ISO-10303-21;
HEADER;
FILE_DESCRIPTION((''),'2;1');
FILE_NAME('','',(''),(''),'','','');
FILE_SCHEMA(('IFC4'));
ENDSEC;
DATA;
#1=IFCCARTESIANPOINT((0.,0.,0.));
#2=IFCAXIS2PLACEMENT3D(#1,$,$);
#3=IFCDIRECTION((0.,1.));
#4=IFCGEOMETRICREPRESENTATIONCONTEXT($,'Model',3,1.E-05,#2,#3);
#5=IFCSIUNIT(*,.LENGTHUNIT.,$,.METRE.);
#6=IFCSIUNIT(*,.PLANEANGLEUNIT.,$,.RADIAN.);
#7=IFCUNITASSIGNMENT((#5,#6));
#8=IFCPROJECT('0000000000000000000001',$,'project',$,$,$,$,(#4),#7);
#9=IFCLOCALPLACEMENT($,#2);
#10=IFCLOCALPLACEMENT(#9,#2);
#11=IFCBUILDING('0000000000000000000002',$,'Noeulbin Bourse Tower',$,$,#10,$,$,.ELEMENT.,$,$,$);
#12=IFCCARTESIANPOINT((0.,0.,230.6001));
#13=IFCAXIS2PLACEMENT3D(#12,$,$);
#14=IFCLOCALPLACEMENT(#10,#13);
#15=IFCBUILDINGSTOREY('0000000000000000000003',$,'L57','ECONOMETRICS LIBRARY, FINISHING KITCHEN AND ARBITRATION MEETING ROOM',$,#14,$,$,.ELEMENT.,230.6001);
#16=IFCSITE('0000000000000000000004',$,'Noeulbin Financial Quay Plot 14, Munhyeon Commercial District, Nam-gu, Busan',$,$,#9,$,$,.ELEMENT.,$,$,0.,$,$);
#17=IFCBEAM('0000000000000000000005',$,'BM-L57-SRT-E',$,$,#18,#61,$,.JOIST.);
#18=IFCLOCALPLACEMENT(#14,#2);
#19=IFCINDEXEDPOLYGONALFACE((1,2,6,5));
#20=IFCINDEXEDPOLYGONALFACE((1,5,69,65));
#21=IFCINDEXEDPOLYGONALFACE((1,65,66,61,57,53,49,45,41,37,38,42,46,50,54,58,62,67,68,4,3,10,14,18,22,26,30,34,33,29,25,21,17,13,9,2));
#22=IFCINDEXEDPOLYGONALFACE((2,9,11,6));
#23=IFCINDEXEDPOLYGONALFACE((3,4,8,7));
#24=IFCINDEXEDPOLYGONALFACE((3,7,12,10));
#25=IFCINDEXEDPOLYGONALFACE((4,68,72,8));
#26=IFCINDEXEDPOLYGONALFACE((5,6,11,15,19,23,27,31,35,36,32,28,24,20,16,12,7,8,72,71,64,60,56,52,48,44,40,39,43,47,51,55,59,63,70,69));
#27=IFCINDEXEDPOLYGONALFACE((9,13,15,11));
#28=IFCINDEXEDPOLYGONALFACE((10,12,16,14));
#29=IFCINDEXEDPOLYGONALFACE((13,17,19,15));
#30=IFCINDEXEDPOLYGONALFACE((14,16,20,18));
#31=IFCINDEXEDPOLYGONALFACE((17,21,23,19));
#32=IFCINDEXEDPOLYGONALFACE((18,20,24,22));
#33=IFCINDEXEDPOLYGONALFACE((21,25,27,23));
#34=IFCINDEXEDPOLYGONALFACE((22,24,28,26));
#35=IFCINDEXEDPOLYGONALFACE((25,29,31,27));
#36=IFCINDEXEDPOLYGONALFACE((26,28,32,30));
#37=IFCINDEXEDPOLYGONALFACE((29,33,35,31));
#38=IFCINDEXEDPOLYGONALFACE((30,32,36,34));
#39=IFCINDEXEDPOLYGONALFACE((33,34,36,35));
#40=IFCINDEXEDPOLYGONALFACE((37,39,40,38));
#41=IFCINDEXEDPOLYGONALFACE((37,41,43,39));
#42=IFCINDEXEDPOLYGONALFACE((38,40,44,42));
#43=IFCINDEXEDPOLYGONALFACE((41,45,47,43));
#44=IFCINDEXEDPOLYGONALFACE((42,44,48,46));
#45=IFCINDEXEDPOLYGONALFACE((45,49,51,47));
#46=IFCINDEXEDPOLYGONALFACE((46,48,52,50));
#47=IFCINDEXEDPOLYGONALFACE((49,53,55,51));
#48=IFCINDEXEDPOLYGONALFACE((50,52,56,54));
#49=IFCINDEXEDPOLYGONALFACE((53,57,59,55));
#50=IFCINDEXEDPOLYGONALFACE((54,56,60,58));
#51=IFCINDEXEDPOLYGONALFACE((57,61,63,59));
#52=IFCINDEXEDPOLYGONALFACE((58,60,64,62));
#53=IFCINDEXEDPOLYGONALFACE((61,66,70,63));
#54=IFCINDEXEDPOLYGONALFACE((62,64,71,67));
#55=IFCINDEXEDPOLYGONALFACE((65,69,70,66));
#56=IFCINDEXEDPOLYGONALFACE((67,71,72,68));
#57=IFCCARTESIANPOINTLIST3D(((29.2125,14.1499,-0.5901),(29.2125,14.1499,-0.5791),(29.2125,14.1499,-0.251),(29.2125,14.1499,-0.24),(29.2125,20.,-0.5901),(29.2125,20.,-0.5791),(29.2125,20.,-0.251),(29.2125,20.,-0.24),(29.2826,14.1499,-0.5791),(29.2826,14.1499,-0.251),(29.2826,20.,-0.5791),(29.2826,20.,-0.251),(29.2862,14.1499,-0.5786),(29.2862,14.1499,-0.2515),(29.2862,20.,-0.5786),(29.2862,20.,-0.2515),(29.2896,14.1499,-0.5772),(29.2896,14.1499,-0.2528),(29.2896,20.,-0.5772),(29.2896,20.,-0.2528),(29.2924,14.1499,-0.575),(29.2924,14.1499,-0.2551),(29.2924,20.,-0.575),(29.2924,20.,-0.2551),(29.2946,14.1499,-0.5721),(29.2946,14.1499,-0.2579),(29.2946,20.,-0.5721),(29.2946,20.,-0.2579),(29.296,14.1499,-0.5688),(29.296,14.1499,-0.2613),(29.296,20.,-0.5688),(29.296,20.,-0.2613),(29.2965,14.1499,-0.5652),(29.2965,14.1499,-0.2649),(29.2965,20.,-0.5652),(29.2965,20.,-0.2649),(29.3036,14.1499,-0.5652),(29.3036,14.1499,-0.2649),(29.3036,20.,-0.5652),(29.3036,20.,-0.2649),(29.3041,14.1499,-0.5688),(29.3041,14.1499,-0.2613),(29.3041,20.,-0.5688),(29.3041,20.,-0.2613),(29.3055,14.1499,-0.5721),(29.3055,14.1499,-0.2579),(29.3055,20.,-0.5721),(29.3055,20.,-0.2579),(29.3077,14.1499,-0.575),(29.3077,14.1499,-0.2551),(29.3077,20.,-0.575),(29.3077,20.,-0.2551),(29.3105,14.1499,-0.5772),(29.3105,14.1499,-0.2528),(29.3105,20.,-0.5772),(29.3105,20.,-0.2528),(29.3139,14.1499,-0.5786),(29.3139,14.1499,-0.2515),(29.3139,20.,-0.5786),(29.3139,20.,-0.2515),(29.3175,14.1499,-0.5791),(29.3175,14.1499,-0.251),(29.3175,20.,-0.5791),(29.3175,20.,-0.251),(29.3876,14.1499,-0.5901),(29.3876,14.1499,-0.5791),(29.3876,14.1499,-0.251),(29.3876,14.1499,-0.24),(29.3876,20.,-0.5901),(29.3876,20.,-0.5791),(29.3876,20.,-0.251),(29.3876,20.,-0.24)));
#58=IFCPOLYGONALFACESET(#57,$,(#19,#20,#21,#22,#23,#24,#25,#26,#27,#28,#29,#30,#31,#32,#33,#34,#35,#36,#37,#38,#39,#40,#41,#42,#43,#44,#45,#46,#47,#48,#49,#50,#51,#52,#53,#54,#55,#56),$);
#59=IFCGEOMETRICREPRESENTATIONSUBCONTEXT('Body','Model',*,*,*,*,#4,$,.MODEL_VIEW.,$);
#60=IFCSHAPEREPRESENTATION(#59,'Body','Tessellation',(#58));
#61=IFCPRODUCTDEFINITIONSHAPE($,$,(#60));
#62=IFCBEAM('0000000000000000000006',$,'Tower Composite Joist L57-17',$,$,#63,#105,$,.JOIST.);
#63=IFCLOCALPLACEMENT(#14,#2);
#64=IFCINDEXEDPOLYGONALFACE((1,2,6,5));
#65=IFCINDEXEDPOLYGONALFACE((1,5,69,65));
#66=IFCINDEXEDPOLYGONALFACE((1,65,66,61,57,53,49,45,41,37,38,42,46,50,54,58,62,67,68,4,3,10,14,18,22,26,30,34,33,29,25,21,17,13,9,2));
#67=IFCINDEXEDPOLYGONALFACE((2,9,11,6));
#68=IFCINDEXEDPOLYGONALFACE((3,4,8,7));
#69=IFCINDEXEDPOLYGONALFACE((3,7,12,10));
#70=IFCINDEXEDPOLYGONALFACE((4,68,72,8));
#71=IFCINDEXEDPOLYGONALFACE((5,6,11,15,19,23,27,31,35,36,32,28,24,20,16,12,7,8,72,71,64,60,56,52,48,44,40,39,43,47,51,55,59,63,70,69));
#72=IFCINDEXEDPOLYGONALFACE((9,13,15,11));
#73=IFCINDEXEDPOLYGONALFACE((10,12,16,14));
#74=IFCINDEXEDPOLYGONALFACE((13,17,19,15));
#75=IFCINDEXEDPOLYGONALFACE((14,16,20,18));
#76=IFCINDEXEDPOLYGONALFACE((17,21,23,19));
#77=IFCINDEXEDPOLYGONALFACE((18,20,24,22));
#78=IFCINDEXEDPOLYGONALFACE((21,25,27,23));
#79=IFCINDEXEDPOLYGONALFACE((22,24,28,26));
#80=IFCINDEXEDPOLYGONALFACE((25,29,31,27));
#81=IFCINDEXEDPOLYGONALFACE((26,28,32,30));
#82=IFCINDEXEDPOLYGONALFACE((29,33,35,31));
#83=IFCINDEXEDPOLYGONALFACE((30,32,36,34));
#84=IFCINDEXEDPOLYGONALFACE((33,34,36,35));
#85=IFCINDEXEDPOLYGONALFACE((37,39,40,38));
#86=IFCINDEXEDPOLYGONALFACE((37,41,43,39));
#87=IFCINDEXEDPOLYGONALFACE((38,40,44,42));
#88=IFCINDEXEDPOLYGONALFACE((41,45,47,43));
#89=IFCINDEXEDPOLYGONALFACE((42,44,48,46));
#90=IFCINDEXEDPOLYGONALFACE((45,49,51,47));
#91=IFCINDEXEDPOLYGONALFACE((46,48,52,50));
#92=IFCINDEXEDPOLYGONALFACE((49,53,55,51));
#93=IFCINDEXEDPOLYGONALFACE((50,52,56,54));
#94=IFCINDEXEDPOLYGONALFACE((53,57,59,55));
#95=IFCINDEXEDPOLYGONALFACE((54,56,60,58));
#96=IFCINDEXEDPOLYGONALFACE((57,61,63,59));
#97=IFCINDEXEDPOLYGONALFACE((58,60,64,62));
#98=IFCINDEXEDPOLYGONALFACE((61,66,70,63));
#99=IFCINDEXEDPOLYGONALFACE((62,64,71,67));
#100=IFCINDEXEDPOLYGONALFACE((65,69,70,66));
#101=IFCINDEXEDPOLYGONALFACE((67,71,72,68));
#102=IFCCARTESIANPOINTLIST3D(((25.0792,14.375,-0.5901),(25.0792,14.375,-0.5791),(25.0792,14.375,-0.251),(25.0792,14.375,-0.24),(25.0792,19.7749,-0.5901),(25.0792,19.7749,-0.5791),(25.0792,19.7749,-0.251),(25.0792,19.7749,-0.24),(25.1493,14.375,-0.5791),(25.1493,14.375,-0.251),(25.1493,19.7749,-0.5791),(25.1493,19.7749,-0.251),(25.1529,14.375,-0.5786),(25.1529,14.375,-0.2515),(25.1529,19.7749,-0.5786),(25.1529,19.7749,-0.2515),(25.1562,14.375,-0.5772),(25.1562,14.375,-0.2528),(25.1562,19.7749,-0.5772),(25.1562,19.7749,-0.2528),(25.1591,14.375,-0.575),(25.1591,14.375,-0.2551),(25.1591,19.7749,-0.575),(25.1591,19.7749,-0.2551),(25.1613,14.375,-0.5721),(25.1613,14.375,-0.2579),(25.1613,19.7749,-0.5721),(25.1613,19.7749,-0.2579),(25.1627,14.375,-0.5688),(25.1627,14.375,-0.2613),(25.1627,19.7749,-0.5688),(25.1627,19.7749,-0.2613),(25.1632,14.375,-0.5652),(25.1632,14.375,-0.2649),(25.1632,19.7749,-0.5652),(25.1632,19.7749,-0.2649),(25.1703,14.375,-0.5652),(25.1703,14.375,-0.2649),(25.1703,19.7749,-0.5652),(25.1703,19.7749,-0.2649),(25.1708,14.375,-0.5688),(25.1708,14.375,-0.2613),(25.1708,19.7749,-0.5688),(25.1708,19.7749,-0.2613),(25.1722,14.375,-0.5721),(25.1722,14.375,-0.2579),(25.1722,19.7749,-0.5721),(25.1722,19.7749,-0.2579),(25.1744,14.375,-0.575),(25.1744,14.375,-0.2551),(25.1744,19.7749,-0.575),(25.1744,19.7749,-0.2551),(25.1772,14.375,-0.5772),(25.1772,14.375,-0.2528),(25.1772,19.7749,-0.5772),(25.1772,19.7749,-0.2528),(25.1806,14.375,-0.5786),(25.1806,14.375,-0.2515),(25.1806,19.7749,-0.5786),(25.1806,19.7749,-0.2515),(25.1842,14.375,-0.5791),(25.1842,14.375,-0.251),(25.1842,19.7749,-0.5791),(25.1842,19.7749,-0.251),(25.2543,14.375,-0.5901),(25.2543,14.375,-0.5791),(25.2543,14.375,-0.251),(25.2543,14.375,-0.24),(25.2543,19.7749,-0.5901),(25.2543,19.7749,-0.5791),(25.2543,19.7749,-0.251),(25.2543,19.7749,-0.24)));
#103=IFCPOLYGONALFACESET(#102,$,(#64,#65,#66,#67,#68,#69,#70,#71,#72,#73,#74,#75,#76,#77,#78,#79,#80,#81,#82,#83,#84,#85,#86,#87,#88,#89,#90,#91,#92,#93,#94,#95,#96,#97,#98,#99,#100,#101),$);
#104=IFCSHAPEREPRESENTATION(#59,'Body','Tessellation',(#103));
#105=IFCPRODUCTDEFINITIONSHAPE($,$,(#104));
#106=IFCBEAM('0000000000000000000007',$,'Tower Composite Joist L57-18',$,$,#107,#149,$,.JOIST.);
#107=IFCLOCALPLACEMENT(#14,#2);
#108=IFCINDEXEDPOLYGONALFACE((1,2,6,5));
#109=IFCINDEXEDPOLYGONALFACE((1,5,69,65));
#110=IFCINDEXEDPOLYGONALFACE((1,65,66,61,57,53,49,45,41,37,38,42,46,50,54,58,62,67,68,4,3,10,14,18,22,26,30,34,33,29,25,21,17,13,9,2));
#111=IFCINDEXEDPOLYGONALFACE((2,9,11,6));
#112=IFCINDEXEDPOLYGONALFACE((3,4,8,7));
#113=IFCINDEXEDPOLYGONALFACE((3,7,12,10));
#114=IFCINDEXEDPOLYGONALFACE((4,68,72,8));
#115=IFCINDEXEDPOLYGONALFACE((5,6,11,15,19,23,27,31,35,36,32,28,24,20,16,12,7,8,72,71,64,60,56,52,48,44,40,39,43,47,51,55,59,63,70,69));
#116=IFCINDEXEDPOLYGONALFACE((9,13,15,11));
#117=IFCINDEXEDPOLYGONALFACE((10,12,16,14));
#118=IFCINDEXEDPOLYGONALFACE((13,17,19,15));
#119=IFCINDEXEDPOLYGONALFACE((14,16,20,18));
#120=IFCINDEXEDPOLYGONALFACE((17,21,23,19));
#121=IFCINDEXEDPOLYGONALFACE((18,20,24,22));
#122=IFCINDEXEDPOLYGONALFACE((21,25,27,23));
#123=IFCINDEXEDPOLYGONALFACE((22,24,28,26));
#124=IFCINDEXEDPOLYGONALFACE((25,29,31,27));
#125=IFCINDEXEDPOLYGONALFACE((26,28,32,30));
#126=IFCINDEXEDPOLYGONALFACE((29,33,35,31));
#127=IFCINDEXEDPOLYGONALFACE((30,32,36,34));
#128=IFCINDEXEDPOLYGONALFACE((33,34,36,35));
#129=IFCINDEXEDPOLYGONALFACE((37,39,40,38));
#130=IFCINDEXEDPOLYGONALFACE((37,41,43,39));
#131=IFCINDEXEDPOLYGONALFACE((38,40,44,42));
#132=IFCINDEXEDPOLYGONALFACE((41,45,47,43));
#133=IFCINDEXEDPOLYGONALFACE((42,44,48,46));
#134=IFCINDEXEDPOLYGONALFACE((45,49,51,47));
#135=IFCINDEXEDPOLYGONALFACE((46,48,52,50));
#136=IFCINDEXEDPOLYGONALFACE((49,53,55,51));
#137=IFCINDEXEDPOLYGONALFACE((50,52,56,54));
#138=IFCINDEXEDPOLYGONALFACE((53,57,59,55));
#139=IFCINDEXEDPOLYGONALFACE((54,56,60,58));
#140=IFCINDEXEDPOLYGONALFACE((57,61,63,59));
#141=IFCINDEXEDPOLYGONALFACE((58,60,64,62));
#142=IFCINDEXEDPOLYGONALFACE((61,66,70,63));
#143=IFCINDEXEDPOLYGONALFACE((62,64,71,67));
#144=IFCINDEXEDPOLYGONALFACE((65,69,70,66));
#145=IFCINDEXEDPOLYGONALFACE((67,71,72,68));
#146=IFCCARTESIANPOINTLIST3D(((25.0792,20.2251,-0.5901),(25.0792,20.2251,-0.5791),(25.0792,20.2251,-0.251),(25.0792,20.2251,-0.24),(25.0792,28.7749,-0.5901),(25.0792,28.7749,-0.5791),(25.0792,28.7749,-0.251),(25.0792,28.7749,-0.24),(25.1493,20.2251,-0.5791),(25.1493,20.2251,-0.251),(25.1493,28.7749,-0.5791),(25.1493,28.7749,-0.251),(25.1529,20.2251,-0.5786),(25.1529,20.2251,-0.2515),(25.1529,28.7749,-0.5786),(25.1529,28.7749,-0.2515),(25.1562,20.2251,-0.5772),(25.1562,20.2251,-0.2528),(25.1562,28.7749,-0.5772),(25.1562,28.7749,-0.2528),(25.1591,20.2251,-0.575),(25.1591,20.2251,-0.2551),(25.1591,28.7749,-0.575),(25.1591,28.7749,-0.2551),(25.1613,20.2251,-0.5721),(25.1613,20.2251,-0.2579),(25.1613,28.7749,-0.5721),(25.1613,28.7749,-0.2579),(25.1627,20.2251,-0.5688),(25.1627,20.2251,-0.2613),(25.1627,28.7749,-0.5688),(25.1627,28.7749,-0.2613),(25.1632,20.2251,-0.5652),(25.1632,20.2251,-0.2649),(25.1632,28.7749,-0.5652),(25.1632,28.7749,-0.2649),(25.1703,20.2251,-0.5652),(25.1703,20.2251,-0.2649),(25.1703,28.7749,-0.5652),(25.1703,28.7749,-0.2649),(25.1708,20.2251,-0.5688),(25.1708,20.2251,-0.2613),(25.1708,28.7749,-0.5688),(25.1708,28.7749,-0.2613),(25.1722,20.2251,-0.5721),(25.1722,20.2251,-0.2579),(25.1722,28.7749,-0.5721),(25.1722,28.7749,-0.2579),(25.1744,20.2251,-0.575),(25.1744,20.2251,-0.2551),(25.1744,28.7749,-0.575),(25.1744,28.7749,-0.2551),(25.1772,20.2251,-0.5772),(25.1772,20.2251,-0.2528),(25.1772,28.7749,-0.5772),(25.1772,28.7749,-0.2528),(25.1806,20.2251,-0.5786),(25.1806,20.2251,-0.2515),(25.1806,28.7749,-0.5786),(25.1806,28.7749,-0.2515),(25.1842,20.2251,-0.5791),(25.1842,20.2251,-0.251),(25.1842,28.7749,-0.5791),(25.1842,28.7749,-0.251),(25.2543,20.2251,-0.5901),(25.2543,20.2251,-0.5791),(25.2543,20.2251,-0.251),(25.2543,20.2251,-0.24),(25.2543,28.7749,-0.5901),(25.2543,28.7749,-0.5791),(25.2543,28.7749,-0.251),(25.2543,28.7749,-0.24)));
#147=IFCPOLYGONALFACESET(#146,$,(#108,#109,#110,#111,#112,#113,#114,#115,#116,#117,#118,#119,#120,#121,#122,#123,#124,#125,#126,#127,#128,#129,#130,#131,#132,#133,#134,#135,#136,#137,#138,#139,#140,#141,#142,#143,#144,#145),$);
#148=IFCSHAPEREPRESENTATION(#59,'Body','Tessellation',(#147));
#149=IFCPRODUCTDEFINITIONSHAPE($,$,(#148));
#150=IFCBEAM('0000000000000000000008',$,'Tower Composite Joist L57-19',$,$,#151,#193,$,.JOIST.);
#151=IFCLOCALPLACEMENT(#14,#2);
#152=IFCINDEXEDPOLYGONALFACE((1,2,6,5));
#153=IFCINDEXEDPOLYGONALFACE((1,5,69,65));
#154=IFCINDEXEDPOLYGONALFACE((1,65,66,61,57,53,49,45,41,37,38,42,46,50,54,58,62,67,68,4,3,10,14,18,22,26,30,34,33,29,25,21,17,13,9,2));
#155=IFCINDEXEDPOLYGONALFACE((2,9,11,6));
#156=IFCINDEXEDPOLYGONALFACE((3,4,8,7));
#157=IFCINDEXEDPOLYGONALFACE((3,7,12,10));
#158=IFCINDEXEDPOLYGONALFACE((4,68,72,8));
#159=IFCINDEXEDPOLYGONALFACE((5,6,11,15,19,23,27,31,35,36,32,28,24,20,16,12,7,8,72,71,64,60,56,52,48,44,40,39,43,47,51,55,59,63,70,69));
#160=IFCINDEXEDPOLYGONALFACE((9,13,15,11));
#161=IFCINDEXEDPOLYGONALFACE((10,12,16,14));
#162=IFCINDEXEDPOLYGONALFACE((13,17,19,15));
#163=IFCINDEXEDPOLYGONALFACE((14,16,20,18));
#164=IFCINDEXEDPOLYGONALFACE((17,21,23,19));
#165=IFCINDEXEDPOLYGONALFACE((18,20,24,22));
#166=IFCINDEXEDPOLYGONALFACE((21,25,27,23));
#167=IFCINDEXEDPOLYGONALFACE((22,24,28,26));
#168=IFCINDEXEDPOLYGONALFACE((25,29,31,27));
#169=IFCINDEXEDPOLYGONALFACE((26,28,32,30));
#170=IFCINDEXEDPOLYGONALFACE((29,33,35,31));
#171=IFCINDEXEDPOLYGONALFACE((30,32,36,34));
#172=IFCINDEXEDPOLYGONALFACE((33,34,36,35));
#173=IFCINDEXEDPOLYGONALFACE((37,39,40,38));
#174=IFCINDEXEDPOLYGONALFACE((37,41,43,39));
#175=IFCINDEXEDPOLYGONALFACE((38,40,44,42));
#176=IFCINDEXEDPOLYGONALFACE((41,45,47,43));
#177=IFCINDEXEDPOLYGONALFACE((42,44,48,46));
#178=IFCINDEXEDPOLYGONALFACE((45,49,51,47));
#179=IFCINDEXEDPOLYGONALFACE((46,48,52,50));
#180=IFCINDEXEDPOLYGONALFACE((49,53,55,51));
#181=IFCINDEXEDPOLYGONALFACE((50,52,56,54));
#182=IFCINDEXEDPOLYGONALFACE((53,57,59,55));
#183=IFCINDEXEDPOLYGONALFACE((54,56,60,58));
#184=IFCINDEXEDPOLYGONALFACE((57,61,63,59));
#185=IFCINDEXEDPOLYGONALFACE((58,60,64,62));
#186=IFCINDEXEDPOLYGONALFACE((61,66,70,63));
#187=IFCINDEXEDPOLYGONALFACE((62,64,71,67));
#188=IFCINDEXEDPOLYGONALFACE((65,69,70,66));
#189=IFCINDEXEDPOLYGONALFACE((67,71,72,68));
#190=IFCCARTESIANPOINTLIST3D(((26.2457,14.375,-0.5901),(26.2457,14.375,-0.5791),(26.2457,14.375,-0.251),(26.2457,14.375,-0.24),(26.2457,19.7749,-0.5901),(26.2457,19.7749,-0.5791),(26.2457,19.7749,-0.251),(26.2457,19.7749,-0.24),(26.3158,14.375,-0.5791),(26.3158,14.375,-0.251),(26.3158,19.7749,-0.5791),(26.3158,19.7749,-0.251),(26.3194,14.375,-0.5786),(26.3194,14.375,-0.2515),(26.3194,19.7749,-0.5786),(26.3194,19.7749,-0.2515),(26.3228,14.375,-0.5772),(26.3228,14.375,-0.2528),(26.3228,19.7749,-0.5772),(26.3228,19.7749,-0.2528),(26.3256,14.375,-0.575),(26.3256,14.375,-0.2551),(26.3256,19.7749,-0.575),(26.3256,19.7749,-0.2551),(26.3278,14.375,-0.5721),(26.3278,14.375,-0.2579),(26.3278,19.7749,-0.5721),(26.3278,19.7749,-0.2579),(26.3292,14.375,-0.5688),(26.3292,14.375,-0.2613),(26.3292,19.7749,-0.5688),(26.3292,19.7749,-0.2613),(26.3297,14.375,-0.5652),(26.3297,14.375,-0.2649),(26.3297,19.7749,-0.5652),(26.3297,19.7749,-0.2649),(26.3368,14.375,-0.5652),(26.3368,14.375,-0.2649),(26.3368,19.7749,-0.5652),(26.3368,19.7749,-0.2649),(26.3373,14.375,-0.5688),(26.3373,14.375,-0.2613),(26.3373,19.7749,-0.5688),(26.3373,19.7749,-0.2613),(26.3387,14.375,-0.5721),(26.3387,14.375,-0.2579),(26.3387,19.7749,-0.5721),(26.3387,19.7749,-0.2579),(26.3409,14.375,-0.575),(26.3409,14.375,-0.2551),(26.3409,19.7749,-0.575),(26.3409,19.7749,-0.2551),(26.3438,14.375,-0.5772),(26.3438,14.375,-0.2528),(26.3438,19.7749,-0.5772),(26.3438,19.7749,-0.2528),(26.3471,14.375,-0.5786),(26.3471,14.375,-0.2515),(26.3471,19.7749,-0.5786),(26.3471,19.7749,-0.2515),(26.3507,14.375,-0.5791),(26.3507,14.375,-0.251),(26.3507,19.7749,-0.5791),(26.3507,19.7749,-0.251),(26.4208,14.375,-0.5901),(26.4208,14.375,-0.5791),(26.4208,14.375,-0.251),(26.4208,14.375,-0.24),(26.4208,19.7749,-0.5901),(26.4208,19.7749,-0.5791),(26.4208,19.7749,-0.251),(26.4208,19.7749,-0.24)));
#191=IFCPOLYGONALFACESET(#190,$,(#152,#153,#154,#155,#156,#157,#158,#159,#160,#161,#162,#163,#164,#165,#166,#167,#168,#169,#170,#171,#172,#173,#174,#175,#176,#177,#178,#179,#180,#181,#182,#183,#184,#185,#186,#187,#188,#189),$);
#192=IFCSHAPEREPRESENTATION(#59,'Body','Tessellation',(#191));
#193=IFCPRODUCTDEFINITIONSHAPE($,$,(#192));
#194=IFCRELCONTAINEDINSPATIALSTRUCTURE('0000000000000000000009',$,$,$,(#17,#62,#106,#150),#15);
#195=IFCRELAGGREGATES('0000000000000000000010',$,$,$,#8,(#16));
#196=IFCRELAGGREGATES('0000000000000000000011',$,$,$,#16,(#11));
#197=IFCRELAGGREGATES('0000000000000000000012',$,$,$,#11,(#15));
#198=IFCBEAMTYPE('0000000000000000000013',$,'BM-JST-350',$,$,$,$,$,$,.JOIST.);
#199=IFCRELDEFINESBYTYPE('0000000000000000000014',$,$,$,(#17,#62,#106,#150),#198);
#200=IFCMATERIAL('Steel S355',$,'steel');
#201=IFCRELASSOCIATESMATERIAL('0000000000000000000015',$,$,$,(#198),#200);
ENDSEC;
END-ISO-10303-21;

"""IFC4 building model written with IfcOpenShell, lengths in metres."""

from ifc_helpers import new_model, si_unit, direction, frame, origin, origin_2d, place, context, subcontext, project, spatial, i_section, extrude, material, material_profile, profile_set, type_object, element, save


model = new_model("IFC4")

# Units and contexts
model_context = context("Model", 3, precision=1e-05, world=origin(), true_north=direction((0.0, 1.0)))
body_context = subcontext(model_context, "Body", "Model", "MODEL_VIEW")
ifc_project = project(units=[si_unit("LENGTHUNIT", "METRE"), si_unit("PLANEANGLEUNIT", "RADIAN")], contexts=[model_context])

# Site, building, storey
site_placement = place(None, origin())
site = spatial("IfcSite", under=ifc_project, at=site_placement, Name="Noeulbin Financial Quay Plot 14, Munhyeon Commercial District, Nam-gu, Busan", CompositionType="ELEMENT", RefElevation=0.0)
building_placement = place(site_placement, origin())
building = spatial("IfcBuilding", under=site, at=building_placement, Name="Noeulbin Bourse Tower", CompositionType="ELEMENT")
storey_placement = place(building_placement, frame((0.0, 0.0, 230.6001)))
storey = spatial("IfcBuildingStorey", under=building, at=storey_placement, Name="L57", Description="ECONOMETRICS LIBRARY, FINISHING KITCHEN AND ARBITRATION MEETING ROOM", CompositionType="ELEMENT", Elevation=230.6001)

# Shared definitions
ifc_material_1 = material(Name="Steel S355", Category="steel")

# Beams
ifc_material_profile_1 = material_profile(ifc_material_1, i_section(OverallWidth=0.175, OverallDepth=0.3501, WebThickness=0.0071, FlangeThickness=0.011, FilletRadius=0.0139, at=origin_2d()), Name="H-350x175x7x11", Category="LoadBearing")
ifc_profile_set_1 = profile_set([ifc_material_profile_1], Name="Steel S355")
beam_type_1 = type_object("IfcBeamType", Name="BM-JST-350", PredefinedType="JOIST", material=ifc_profile_set_1)
for number, where, z_axis, x_axis, name in (
    (1, (29.3, 14.1499, -0.415), (0.0, 1.0, 0.0), (-1.0, 0.0, 0.0), "BM-L57-SRT-E"),
):
    element("IfcBeam", number, at=place(storey_placement, frame(where, z_axis=z_axis, x_axis=x_axis)), inside=storey, type_object=beam_type_1, Name=name, PredefinedType="JOIST", context=body_context, shape_type="SweptSolid", body=[
        extrude(i_section(OverallWidth=0.175, OverallDepth=0.3501, WebThickness=0.0071, FlangeThickness=0.011, FilletRadius=0.0139, at=origin_2d()), origin(), (0.0, 0.0, 1.0), 5.8501),
    ])
beam_1_placement = place(storey_placement, frame((25.1667, 14.375, -0.415), z_axis=(0.0, 1.0, 0.0), x_axis=(-1.0, 0.0, 0.0)))
element("IfcBeam", 2, at=beam_1_placement, inside=storey, type_object=beam_type_1, Name="Tower Composite Joist L57-17", PredefinedType="JOIST", context=body_context, shape_type="SweptSolid", body=[
    extrude(i_section(OverallWidth=0.175, OverallDepth=0.3501, WebThickness=0.0071, FlangeThickness=0.011, FilletRadius=0.0139, at=origin_2d()), origin(), (0.0, 0.0, 1.0), 5.3999),
])
beam_2_placement = place(storey_placement, frame((25.1667, 20.2251, -0.415), z_axis=(0.0, 1.0, 0.0), x_axis=(-1.0, 0.0, 0.0)))
element("IfcBeam", 3, at=beam_2_placement, inside=storey, type_object=beam_type_1, Name="Tower Composite Joist L57-18", PredefinedType="JOIST", context=body_context, shape_type="SweptSolid", body=[
    extrude(i_section(OverallWidth=0.175, OverallDepth=0.3501, WebThickness=0.0071, FlangeThickness=0.011, FilletRadius=0.0139, at=origin_2d()), origin(), (0.0, 0.0, 1.0), 8.5498),
])
beam_3_placement = place(storey_placement, frame((26.3333, 14.375, -0.415), z_axis=(0.0, 1.0, 0.0), x_axis=(-1.0, 0.0, 0.0)))
element("IfcBeam", 4, at=beam_3_placement, inside=storey, type_object=beam_type_1, Name="Tower Composite Joist L57-19", PredefinedType="JOIST", context=body_context, shape_type="SweptSolid", body=[
    extrude(i_section(OverallWidth=0.175, OverallDepth=0.3501, WebThickness=0.0071, FlangeThickness=0.011, FilletRadius=0.0139, at=origin_2d()), origin(), (0.0, 0.0, 1.0), 5.3999),
])

save(model, "model.ifc")
